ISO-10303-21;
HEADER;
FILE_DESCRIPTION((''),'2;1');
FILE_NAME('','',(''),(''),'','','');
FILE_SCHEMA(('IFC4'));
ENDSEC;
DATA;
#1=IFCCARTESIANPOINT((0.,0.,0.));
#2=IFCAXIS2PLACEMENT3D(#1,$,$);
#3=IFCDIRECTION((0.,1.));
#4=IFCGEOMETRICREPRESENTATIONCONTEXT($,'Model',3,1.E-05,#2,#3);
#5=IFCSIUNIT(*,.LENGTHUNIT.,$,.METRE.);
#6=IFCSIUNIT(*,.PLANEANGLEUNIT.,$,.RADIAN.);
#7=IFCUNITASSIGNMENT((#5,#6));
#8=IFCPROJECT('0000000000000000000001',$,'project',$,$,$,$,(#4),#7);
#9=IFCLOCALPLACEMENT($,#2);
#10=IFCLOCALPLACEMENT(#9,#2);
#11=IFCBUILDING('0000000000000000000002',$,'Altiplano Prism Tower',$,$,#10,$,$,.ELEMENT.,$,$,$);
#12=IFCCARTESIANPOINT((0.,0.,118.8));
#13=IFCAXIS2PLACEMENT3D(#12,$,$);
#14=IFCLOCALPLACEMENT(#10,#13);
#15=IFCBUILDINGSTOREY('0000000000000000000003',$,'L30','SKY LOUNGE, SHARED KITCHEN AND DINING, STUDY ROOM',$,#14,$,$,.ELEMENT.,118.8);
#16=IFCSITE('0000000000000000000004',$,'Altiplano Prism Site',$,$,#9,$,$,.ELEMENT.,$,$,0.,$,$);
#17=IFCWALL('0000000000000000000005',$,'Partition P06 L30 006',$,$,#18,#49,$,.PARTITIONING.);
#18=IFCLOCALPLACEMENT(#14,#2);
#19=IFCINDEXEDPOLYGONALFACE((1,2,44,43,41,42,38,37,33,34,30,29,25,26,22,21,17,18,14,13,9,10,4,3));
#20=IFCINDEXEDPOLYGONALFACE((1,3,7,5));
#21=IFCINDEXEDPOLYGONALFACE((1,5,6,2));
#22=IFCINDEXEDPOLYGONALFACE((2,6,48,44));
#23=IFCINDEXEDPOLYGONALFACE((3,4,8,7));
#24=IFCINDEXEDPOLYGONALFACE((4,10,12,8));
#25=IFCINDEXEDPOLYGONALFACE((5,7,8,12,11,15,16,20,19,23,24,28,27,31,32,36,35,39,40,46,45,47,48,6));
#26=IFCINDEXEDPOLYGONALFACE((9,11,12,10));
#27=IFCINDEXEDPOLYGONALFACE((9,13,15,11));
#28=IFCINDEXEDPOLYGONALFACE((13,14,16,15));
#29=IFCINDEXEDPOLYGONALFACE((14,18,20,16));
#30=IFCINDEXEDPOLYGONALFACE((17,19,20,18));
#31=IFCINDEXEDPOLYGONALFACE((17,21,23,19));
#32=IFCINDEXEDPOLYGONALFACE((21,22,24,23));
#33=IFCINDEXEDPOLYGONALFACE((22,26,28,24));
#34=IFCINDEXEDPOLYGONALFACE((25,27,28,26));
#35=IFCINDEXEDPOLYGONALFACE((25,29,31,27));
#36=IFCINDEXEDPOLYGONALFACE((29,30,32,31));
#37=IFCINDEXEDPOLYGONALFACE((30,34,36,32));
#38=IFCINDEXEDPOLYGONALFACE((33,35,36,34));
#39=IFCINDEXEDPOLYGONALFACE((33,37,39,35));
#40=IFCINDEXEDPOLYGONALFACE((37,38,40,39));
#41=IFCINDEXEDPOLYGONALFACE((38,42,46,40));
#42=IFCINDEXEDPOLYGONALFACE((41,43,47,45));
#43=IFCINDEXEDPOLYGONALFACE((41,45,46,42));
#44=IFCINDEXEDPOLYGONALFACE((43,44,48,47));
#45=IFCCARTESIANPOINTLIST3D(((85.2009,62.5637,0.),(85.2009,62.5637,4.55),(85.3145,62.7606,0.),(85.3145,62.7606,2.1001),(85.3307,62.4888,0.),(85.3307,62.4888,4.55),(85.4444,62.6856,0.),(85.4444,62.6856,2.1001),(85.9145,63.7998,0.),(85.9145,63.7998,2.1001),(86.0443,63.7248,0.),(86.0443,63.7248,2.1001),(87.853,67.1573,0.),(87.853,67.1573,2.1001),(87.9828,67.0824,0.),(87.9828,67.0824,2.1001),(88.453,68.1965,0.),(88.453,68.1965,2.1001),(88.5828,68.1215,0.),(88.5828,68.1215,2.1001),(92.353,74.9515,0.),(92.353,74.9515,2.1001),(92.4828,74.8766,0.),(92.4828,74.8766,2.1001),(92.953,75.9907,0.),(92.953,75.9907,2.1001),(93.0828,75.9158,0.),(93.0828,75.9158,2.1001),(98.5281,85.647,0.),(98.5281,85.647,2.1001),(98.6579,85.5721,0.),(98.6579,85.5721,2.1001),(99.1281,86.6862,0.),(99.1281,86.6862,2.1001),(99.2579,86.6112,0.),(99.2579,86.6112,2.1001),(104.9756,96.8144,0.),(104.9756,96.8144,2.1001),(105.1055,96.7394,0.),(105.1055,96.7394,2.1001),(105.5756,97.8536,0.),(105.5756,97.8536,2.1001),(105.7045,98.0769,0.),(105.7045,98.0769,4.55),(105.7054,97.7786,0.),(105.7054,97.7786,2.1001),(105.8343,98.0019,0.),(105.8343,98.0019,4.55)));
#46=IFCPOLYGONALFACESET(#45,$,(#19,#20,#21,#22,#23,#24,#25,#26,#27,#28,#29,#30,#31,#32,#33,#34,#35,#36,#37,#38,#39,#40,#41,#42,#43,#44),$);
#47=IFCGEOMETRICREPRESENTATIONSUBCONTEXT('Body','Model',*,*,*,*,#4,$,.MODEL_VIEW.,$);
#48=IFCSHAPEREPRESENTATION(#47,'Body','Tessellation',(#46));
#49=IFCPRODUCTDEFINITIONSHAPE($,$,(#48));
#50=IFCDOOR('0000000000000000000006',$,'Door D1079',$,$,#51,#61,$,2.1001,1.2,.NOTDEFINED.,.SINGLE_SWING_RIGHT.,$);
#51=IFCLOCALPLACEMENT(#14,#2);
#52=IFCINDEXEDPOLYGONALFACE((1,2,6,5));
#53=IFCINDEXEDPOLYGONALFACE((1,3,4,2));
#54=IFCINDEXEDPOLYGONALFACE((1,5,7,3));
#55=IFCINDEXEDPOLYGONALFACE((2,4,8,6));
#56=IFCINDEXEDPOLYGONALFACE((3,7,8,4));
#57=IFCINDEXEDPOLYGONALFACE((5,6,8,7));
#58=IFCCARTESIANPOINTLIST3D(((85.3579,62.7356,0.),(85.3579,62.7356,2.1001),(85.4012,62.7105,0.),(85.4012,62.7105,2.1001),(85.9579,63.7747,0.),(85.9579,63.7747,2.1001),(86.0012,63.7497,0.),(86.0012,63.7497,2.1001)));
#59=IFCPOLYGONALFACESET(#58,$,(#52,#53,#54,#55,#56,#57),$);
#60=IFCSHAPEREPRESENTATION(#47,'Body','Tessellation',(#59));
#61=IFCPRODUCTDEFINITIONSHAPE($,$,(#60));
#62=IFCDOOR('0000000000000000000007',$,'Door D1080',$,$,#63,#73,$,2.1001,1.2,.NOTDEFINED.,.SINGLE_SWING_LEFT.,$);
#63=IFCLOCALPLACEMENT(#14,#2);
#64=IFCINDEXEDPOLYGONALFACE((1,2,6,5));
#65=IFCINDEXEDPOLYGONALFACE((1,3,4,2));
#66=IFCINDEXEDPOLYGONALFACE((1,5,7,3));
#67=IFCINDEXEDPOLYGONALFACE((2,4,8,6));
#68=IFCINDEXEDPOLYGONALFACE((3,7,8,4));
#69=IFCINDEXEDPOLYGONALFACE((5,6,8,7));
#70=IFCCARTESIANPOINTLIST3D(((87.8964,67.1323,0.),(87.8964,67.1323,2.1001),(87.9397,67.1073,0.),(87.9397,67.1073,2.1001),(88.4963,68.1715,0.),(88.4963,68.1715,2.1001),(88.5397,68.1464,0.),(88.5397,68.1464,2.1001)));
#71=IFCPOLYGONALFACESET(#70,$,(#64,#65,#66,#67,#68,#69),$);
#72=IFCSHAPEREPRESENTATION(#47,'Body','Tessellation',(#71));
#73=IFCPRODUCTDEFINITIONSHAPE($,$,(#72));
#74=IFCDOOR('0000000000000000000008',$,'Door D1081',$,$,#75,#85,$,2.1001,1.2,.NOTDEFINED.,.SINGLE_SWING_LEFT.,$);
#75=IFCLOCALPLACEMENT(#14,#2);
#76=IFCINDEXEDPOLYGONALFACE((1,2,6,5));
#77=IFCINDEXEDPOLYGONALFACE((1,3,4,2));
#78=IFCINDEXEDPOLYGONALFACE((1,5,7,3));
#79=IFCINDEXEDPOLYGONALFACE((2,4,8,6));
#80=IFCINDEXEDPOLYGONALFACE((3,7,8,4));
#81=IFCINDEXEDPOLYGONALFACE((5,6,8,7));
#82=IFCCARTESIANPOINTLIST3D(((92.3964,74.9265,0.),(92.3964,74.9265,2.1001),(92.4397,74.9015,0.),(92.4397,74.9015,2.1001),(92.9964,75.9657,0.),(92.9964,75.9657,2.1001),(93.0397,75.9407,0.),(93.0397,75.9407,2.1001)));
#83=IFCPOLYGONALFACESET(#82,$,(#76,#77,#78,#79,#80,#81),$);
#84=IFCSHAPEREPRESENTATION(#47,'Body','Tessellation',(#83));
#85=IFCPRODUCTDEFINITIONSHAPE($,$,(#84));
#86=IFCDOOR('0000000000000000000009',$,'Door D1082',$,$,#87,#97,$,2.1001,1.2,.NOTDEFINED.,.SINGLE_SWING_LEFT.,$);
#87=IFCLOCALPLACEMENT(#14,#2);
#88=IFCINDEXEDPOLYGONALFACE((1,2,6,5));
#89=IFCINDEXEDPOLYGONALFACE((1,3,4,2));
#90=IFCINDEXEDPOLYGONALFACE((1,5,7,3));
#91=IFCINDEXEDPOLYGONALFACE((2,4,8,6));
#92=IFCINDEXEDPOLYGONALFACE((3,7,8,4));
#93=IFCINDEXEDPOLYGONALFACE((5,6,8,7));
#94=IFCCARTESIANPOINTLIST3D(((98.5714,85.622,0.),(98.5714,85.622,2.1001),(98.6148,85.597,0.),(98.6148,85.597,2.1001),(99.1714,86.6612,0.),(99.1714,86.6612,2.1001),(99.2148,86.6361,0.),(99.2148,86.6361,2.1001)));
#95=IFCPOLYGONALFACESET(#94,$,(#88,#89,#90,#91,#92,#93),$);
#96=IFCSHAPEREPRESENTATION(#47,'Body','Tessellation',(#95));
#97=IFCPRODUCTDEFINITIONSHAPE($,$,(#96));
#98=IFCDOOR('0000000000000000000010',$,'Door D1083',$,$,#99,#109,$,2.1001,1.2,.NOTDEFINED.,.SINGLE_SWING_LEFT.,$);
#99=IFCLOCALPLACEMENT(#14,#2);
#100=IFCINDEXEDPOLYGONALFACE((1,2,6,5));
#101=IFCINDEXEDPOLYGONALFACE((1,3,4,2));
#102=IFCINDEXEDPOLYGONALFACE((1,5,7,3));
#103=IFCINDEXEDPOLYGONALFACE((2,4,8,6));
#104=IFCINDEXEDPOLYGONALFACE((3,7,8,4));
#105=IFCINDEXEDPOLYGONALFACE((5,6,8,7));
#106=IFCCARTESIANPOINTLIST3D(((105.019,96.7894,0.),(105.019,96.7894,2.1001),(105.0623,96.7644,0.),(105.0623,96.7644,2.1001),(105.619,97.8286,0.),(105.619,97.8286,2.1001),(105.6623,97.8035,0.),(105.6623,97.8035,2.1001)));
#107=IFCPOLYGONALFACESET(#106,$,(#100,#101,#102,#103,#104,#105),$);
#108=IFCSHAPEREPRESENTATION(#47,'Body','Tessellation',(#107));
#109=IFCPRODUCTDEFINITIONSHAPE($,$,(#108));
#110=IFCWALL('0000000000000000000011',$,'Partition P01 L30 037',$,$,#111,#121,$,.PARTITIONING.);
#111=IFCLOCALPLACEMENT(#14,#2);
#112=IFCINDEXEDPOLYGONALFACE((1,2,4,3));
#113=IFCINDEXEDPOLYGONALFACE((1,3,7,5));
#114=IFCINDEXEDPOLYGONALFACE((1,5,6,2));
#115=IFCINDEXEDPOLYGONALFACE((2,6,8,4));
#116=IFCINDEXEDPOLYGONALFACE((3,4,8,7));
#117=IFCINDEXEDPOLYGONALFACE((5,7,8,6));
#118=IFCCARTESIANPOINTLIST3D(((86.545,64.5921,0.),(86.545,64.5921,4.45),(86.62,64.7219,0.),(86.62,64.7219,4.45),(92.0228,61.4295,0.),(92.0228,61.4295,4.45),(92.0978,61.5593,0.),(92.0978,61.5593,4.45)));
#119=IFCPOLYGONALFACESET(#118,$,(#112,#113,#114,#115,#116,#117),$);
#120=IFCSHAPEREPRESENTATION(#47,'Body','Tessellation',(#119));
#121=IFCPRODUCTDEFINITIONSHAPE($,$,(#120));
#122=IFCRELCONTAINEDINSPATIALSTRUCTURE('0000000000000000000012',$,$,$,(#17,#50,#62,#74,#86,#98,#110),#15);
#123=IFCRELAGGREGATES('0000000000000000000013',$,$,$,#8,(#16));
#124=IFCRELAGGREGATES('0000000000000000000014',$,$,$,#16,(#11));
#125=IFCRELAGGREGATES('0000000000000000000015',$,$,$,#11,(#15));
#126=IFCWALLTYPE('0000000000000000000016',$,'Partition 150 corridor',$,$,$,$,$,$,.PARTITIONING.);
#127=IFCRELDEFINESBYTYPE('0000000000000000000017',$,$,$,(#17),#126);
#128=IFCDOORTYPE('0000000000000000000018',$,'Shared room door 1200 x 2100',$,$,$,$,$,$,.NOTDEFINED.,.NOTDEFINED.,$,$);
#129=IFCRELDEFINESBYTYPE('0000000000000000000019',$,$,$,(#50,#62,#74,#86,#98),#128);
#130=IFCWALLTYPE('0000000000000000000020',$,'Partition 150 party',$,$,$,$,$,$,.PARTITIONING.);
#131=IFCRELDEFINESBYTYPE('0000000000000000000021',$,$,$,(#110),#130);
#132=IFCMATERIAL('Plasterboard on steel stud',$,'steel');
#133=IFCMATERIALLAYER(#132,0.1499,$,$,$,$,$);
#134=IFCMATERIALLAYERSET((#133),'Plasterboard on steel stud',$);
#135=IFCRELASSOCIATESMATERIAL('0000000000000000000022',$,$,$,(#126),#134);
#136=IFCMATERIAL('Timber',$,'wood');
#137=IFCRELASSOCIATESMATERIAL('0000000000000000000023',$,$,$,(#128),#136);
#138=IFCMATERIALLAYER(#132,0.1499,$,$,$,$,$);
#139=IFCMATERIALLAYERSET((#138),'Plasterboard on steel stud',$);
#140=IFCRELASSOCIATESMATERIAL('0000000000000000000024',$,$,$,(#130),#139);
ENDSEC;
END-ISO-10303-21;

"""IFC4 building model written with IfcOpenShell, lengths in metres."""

from ifc_helpers import new_model, si_unit, direction, frame, frame_2d, origin, place, context, subcontext, project, spatial, rectangle, extrude, material, layer, layer_set, type_object, element, fill, save


model = new_model("IFC4")

# Units and contexts
model_context = context("Model", 3, precision=1e-05, world=origin(), true_north=direction((0.0, 1.0)))
body_context = subcontext(model_context, "Body", "Model", "MODEL_VIEW")
ifc_project = project(units=[si_unit("LENGTHUNIT", "METRE"), si_unit("PLANEANGLEUNIT", "RADIAN")], contexts=[model_context])

# Site, building, storey
site_placement = place(None, origin())
site = spatial("IfcSite", under=ifc_project, at=site_placement, Name="Altiplano Prism Site", CompositionType="ELEMENT", RefElevation=0.0)
building_placement = place(site_placement, origin())
building = spatial("IfcBuilding", under=site, at=building_placement, Name="Altiplano Prism Tower", CompositionType="ELEMENT")
storey_placement = place(building_placement, frame((0.0, 0.0, 118.8)))
storey = spatial("IfcBuildingStorey", under=building, at=storey_placement, Name="L30", Description="SKY LOUNGE, SHARED KITCHEN AND DINING, STUDY ROOM", CompositionType="ELEMENT", Elevation=118.8)

# Shared definitions
ifc_material_1 = material(Name="Plasterboard on steel stud", Category="steel")
ifc_layer_1 = layer(ifc_material_1, 0.1499)
ifc_layer_set_1 = layer_set([ifc_layer_1], Name="Plasterboard on steel stud")
wall_type_1 = type_object("IfcWallType", Name="Partition 150 corridor", PredefinedType="PARTITIONING", material=ifc_layer_set_1)

# Wall, openings, doors
wall_1_placement = place(storey_placement, frame((85.2659, 62.5264, 0.0), z_axis=(0.0, 0.0, 1.0), x_axis=(0.500002, 0.866024, 0.0)))
wall_1 = element("IfcWall", 1, at=wall_1_placement, inside=storey, type_object=wall_type_1, Name="Partition P06 L30 006", PredefinedType="PARTITIONING", context=body_context, shape_type="SweptSolid", body=[
    extrude(rectangle(XDim=41.0071, YDim=0.1499, at=frame_2d((20.5034, 0.0))), origin(), (0.0, 0.0, 1.0), 4.55),
])
opening_1_placement = place(wall_1_placement, frame((0.2271, 0.0, 0.0)))
opening_1 = element("IfcOpeningElement", 2, at=opening_1_placement, cuts=wall_1, PredefinedType="OPENING", context=body_context, shape_type="SweptSolid", body=[
    extrude(rectangle(XDim=1.2, YDim=2.1001, at=frame_2d((0.6001, 1.05))), frame((0.0, 0.0854, 0.0), z_axis=(0.0, -1.0, 0.0), x_axis=(1.0, 0.0, 0.0)), (0.0, 0.0, 1.0), 0.1709),
])
opening_2_placement = place(wall_1_placement, frame((5.304, 0.0, 0.0)))
opening_2 = element("IfcOpeningElement", 3, at=opening_2_placement, cuts=wall_1, PredefinedType="OPENING", context=body_context, shape_type="SweptSolid", body=[
    extrude(rectangle(XDim=1.2, YDim=2.1001, at=frame_2d((0.6001, 1.05))), frame((0.0, 0.0854, 0.0), z_axis=(0.0, -1.0, 0.0), x_axis=(1.0, 0.0, 0.0)), (0.0, 0.0, 1.0), 0.1709),
])
opening_3_placement = place(wall_1_placement, frame((14.304, 0.0, 0.0)))
opening_3 = element("IfcOpeningElement", 4, at=opening_3_placement, cuts=wall_1, PredefinedType="OPENING", context=body_context, shape_type="SweptSolid", body=[
    extrude(rectangle(XDim=1.2, YDim=2.1001, at=frame_2d((0.6001, 1.05))), frame((0.0, 0.0854, 0.0), z_axis=(0.0, -1.0, 0.0), x_axis=(1.0, 0.0, 0.0)), (0.0, 0.0, 1.0), 0.1709),
])
opening_4_placement = place(wall_1_placement, frame((26.6541, 0.0, 0.0)))
opening_4 = element("IfcOpeningElement", 5, at=opening_4_placement, cuts=wall_1, PredefinedType="OPENING", context=body_context, shape_type="SweptSolid", body=[
    extrude(rectangle(XDim=1.2, YDim=2.1001, at=frame_2d((0.6001, 1.05))), frame((0.0, 0.0854, 0.0), z_axis=(0.0, -1.0, 0.0), x_axis=(1.0, 0.0, 0.0)), (0.0, 0.0, 1.0), 0.1709),
])
opening_5_placement = place(wall_1_placement, frame((39.5491, 0.0, 0.0)))
opening_5 = element("IfcOpeningElement", 6, at=opening_5_placement, cuts=wall_1, PredefinedType="OPENING", context=body_context, shape_type="SweptSolid", body=[
    extrude(rectangle(XDim=1.2, YDim=2.1001, at=frame_2d((0.6001, 1.05))), frame((0.0, 0.0854, 0.0), z_axis=(0.0, -1.0, 0.0), x_axis=(1.0, 0.0, 0.0)), (0.0, 0.0, 1.0), 0.1709),
])
ifc_material_2 = material(Name="Timber", Category="wood")
door_type = type_object("IfcDoorType", Name="Shared room door 1200 x 2100", OperationType="NOTDEFINED", PredefinedType="NOTDEFINED", material=ifc_material_2)
door_1_placement = place(opening_1_placement, origin())
door_1 = element("IfcDoor", 7, at=door_1_placement, inside=storey, type_object=door_type, Name="Door D1079", OperationType="SINGLE_SWING_RIGHT", OverallHeight=2.1001, OverallWidth=1.2, PredefinedType="NOTDEFINED", context=body_context, shape_type="SweptSolid", body=[
    extrude(rectangle(XDim=1.2, YDim=2.1001, at=frame_2d((0.6001, 1.05))), frame((0.0, 0.0249, 0.0), z_axis=(0.0, -1.0, 0.0), x_axis=(1.0, 0.0, 0.0)), (0.0, 0.0, 1.0), 0.05),
])
fill(opening_1, door_1)
door_2_placement = place(opening_2_placement, origin())
door_2 = element("IfcDoor", 8, at=door_2_placement, inside=storey, type_object=door_type, Name="Door D1080", OperationType="SINGLE_SWING_LEFT", OverallHeight=2.1001, OverallWidth=1.2, PredefinedType="NOTDEFINED", context=body_context, shape_type="SweptSolid", body=[
    extrude(rectangle(XDim=1.2, YDim=2.1001, at=frame_2d((0.6001, 1.05))), frame((0.0, 0.0249, 0.0), z_axis=(0.0, -1.0, 0.0), x_axis=(1.0, 0.0, 0.0)), (0.0, 0.0, 1.0), 0.05),
])
fill(opening_2, door_2)
door_3_placement = place(opening_3_placement, origin())
door_3 = element("IfcDoor", 9, at=door_3_placement, inside=storey, type_object=door_type, Name="Door D1081", OperationType="SINGLE_SWING_LEFT", OverallHeight=2.1001, OverallWidth=1.2, PredefinedType="NOTDEFINED", context=body_context, shape_type="SweptSolid", body=[
    extrude(rectangle(XDim=1.2, YDim=2.1001, at=frame_2d((0.6001, 1.05))), frame((0.0, 0.0249, 0.0), z_axis=(0.0, -1.0, 0.0), x_axis=(1.0, 0.0, 0.0)), (0.0, 0.0, 1.0), 0.05),
])
fill(opening_3, door_3)
door_4_placement = place(opening_4_placement, origin())
door_4 = element("IfcDoor", 10, at=door_4_placement, inside=storey, type_object=door_type, Name="Door D1082", OperationType="SINGLE_SWING_LEFT", OverallHeight=2.1001, OverallWidth=1.2, PredefinedType="NOTDEFINED", context=body_context, shape_type="SweptSolid", body=[
    extrude(rectangle(XDim=1.2, YDim=2.1001, at=frame_2d((0.6001, 1.05))), frame((0.0, 0.0249, 0.0), z_axis=(0.0, -1.0, 0.0), x_axis=(1.0, 0.0, 0.0)), (0.0, 0.0, 1.0), 0.05),
])
fill(opening_4, door_4)
door_5_placement = place(opening_5_placement, origin())
door_5 = element("IfcDoor", 11, at=door_5_placement, inside=storey, type_object=door_type, Name="Door D1083", OperationType="SINGLE_SWING_LEFT", OverallHeight=2.1001, OverallWidth=1.2, PredefinedType="NOTDEFINED", context=body_context, shape_type="SweptSolid", body=[
    extrude(rectangle(XDim=1.2, YDim=2.1001, at=frame_2d((0.6001, 1.05))), frame((0.0, 0.0249, 0.0), z_axis=(0.0, -1.0, 0.0), x_axis=(1.0, 0.0, 0.0)), (0.0, 0.0, 1.0), 0.05),
])
fill(opening_5, door_5)

# Wall
ifc_layer_2 = layer(ifc_material_1, 0.1499)
ifc_layer_set_2 = layer_set([ifc_layer_2], Name="Plasterboard on steel stud")
wall_type_2 = type_object("IfcWallType", Name="Partition 150 party", PredefinedType="PARTITIONING", material=ifc_layer_set_2)
wall_2_placement = place(storey_placement, frame((92.0603, 61.4944, 0.0), z_axis=(0.0, 0.0, 1.0), x_axis=(-0.866026, 0.5, 0.0)))
element("IfcWall", 12, at=wall_2_placement, inside=storey, type_object=wall_type_2, Name="Partition P01 L30 037", PredefinedType="PARTITIONING", context=body_context, shape_type="SweptSolid", body=[
    extrude(rectangle(XDim=6.3252, YDim=0.1499, at=frame_2d((3.1626, 0.0))), origin(), (0.0, 0.0, 1.0), 4.45),
])

save(model, "model.ifc")
